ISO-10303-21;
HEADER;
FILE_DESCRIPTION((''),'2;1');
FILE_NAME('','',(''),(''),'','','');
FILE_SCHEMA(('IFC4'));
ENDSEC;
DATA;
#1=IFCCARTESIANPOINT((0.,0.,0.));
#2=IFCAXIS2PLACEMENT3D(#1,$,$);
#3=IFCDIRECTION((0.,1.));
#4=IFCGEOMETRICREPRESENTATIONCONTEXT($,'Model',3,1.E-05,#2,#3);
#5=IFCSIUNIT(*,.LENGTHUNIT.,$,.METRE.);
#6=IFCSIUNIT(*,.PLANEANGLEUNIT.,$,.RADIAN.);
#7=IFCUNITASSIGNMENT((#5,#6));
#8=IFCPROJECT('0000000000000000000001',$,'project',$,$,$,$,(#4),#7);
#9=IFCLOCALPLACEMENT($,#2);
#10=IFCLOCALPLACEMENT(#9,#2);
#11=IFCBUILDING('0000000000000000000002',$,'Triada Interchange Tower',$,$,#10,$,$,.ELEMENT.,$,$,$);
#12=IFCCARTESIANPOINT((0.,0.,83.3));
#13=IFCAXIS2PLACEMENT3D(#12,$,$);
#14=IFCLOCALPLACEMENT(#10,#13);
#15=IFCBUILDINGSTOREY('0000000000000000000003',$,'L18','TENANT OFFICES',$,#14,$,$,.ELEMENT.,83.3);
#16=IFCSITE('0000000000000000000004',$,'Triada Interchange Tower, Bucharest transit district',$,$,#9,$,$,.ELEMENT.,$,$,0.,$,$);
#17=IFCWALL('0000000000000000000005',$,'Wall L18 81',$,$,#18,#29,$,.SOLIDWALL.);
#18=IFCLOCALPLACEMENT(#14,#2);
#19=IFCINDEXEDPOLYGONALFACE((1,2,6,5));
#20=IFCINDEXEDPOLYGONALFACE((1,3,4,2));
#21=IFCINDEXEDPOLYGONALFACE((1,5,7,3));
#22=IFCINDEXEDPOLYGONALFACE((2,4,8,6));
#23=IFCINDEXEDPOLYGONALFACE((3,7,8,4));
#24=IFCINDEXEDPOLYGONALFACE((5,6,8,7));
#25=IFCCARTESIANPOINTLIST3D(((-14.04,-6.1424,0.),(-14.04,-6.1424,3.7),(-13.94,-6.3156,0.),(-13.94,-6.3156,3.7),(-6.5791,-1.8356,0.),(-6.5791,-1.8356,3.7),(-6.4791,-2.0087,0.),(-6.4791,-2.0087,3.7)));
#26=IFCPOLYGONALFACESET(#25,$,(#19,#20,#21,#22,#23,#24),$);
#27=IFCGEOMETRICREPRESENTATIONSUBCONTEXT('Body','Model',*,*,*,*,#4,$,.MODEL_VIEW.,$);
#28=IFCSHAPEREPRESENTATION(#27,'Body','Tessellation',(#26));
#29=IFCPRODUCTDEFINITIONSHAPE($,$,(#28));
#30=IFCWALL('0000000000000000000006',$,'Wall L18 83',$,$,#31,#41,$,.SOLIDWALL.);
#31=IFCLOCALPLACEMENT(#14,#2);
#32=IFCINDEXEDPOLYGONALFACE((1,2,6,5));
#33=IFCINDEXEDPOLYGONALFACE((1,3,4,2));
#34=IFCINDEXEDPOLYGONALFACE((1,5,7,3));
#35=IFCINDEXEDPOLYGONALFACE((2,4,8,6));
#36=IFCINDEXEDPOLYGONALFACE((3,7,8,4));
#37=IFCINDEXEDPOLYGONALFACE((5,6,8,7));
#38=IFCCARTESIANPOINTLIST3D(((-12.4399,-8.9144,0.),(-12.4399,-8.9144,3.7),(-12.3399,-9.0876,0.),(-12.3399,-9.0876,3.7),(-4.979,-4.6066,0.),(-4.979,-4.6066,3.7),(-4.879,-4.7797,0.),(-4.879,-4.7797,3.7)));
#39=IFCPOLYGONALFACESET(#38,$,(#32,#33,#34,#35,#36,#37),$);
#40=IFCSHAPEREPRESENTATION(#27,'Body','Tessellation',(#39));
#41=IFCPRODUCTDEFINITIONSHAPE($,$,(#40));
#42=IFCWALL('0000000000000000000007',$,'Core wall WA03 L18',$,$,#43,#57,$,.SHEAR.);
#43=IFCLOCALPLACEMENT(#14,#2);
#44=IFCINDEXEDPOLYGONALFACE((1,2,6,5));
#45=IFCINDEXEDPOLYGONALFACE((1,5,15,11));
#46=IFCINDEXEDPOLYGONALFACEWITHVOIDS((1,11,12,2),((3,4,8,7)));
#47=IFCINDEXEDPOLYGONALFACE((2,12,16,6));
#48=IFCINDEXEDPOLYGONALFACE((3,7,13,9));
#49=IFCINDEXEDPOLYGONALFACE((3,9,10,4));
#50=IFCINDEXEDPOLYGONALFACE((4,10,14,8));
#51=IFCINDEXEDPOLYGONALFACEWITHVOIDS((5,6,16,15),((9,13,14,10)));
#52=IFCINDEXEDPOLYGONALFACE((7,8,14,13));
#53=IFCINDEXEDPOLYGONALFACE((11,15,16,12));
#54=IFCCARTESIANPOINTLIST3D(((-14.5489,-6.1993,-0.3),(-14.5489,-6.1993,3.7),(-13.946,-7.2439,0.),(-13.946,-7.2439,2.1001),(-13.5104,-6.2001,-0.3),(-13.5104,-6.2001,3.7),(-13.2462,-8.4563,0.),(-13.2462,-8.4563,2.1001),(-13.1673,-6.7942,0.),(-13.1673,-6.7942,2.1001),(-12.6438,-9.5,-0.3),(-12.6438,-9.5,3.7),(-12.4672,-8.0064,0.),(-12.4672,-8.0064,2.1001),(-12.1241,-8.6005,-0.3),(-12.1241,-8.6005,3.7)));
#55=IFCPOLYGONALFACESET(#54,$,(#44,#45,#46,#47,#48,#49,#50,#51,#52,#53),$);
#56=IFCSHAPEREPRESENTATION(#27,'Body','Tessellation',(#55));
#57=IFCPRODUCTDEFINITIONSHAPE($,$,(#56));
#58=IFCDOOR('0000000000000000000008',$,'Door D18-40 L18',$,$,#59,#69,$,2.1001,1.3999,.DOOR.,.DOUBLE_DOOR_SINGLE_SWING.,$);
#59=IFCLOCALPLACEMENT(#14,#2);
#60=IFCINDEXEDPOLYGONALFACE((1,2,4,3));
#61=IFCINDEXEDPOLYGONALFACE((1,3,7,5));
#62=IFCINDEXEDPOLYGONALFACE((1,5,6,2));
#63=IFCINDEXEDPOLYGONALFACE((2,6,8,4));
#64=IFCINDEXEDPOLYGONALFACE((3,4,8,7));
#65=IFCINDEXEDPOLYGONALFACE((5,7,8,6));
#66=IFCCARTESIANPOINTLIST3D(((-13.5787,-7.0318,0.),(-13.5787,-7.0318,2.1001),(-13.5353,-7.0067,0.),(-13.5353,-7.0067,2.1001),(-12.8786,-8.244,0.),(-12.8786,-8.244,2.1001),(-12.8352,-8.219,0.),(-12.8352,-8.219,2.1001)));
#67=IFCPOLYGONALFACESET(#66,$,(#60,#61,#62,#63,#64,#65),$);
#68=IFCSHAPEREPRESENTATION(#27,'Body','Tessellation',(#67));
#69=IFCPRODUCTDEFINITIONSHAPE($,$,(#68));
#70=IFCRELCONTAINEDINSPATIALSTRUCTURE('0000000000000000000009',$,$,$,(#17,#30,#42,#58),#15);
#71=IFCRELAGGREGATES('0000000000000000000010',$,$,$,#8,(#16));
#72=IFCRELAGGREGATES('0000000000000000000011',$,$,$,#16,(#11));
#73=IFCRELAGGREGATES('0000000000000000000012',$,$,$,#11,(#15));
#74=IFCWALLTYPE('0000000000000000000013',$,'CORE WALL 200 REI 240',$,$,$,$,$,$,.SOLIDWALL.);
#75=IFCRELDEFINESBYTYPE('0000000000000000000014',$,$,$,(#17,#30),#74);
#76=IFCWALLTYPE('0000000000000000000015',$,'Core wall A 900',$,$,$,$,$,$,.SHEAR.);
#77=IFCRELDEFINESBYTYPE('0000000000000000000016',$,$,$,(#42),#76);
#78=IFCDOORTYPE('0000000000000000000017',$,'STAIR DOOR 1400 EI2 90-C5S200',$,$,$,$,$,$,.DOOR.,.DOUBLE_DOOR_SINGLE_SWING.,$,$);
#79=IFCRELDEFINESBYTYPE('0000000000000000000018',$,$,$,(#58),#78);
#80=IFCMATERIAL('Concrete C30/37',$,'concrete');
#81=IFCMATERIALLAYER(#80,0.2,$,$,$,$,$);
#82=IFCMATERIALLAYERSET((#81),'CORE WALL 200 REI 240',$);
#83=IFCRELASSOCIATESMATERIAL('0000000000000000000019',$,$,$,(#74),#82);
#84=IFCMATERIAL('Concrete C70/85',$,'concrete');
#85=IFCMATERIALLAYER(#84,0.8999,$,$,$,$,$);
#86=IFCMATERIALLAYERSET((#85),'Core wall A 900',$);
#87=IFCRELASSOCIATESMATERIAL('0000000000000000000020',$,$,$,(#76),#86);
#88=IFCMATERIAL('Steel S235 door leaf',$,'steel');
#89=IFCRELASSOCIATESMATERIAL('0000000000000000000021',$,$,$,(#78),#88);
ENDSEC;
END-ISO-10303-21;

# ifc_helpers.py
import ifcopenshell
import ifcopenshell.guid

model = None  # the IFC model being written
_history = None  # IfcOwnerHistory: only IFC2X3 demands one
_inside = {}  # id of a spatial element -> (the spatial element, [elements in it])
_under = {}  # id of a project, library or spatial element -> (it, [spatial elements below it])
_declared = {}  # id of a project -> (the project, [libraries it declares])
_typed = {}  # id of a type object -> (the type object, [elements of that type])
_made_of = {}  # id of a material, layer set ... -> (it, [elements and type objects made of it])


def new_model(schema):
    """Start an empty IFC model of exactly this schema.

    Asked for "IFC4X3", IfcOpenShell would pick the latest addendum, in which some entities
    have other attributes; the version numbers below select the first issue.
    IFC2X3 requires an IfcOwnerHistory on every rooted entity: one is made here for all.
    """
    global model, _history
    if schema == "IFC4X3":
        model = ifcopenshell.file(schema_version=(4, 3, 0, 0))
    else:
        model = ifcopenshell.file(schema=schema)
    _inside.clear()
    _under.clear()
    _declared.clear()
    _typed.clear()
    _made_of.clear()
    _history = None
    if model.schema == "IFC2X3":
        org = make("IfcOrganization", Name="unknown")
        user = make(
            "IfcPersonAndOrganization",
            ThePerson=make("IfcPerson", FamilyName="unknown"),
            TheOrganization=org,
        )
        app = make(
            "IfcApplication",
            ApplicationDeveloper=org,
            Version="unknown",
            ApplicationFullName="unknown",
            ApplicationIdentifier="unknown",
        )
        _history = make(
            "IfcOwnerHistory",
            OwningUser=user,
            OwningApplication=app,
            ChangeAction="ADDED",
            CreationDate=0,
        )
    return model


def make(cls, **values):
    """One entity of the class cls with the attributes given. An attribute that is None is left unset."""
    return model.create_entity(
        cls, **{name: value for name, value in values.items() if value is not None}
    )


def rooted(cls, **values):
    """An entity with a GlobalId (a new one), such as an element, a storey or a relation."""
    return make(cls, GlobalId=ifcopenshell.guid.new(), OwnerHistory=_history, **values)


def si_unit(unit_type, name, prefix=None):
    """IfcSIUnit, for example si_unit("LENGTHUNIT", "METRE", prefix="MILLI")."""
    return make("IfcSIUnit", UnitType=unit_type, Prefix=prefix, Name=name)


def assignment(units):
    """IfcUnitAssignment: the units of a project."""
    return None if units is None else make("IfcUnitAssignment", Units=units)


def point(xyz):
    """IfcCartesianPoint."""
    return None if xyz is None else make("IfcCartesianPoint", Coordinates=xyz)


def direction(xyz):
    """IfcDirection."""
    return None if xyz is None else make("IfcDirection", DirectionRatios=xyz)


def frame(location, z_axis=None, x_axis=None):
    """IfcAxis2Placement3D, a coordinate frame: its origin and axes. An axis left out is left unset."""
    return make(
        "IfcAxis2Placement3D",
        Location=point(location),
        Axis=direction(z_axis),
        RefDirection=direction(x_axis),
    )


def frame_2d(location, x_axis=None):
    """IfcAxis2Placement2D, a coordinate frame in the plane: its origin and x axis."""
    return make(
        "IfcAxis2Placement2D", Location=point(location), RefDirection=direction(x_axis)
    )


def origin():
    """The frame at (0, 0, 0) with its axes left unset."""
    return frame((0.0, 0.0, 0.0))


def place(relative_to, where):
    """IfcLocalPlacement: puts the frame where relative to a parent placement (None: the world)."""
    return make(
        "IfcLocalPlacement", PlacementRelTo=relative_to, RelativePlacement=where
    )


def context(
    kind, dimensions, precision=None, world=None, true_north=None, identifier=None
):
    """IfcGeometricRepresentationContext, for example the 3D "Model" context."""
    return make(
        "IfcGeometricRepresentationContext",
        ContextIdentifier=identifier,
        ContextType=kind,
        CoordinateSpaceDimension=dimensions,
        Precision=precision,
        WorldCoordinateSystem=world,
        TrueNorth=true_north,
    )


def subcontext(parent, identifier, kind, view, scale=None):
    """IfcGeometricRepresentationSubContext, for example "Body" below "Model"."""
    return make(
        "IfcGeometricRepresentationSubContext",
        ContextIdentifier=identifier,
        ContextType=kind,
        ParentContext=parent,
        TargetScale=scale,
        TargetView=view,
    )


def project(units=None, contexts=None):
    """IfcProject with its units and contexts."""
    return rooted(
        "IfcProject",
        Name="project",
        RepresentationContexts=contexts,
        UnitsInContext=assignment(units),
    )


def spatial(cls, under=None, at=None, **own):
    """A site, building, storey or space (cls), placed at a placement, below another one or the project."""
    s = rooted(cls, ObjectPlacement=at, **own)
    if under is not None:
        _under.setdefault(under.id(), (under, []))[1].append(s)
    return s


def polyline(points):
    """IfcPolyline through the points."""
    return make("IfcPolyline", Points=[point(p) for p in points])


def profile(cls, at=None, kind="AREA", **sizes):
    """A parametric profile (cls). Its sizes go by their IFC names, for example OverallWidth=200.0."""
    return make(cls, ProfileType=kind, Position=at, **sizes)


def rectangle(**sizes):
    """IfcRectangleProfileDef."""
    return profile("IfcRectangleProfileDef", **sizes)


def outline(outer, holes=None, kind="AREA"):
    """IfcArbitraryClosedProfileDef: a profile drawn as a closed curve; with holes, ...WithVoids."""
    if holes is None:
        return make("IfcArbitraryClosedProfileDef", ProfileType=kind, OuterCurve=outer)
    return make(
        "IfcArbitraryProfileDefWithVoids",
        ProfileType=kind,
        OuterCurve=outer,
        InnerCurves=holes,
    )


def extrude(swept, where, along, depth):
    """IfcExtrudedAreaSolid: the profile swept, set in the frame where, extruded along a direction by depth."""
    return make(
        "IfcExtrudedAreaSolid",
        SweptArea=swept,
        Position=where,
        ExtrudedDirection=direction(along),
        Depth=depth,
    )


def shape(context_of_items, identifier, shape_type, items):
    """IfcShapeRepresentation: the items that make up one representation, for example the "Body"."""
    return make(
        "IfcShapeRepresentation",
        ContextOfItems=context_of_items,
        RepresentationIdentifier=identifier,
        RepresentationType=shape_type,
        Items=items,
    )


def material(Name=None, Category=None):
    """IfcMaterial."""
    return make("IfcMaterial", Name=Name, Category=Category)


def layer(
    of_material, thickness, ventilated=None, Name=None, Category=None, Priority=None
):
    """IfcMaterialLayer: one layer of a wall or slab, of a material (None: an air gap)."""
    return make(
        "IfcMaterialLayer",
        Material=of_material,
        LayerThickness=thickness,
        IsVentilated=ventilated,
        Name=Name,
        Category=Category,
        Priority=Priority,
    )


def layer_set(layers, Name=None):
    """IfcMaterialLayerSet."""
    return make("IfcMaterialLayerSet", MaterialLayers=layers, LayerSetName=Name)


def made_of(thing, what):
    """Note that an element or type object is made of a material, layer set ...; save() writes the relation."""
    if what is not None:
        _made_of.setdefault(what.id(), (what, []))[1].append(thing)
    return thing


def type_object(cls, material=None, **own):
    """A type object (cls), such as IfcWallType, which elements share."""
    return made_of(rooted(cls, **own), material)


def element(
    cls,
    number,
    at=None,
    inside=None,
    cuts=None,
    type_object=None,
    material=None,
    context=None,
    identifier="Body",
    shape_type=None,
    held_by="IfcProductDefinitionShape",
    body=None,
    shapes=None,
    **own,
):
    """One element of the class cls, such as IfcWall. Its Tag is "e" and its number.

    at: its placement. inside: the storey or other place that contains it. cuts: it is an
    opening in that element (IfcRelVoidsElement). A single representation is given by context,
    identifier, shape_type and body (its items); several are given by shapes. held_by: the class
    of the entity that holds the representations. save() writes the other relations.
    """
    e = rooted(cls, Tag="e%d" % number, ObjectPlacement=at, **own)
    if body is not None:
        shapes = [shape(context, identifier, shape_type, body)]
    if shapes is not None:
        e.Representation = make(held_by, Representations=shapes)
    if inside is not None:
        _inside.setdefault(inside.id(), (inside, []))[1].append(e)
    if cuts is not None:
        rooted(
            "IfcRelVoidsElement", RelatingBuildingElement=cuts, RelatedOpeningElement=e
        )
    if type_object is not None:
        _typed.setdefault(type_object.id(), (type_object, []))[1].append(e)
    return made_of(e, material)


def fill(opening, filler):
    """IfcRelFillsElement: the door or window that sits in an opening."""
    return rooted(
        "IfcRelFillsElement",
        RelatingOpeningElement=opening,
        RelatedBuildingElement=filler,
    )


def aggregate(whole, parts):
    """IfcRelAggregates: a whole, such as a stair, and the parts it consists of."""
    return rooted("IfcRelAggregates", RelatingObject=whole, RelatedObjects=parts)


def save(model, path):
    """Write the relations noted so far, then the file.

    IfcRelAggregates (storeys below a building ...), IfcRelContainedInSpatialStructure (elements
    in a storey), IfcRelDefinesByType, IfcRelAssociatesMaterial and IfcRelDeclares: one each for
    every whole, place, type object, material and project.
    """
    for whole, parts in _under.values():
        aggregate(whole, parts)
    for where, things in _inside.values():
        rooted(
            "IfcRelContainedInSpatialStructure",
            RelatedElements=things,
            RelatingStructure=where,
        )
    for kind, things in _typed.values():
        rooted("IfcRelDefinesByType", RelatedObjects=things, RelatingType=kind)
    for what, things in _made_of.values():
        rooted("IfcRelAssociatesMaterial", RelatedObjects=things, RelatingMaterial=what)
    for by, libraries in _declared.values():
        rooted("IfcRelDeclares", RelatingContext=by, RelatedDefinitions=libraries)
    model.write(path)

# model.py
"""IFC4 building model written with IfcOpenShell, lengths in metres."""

from ifc_helpers import new_model, si_unit, direction, frame, frame_2d, origin, place, context, subcontext, project, spatial, polyline, rectangle, outline, extrude, material, layer, layer_set, type_object, element, fill, save


model = new_model("IFC4")

# Units and contexts
model_context = context("Model", 3, precision=1e-05, world=origin(), true_north=direction((0.0, 1.0)))
body_context = subcontext(model_context, "Body", "Model", "MODEL_VIEW")
ifc_project = project(units=[si_unit("LENGTHUNIT", "METRE"), si_unit("PLANEANGLEUNIT", "RADIAN")], contexts=[model_context])

# Site, building, storey
site_placement = place(None, origin())
site = spatial("IfcSite", under=ifc_project, at=site_placement, Name="Triada Interchange Tower, Bucharest transit district", CompositionType="ELEMENT", RefElevation=0.0)
building_placement = place(site_placement, origin())
building = spatial("IfcBuilding", under=site, at=building_placement, Name="Triada Interchange Tower", CompositionType="ELEMENT")
storey_placement = place(building_placement, frame((0.0, 0.0, 83.3)))
storey = spatial("IfcBuildingStorey", under=building, at=storey_placement, Name="L18", Description="TENANT OFFICES", CompositionType="ELEMENT", Elevation=83.3)

# Walls
ifc_material_1 = material(Name="Concrete C30/37", Category="concrete")
ifc_layer_1 = layer(ifc_material_1, 0.2)
ifc_layer_set_1 = layer_set([ifc_layer_1], Name="CORE WALL 200 REI 240")
wall_type_1 = type_object("IfcWallType", Name="CORE WALL 200 REI 240", PredefinedType="SOLIDWALL", material=ifc_layer_set_1)
wall_1_placement = place(storey_placement, frame((-13.99, -6.229, 0.0), z_axis=(0.0, 0.0, 1.0), x_axis=(0.86606, 0.49994, 0.0)))
element("IfcWall", 1, at=wall_1_placement, inside=storey, type_object=wall_type_1, Name="Wall L18 81", PredefinedType="SOLIDWALL", context=body_context, shape_type="SweptSolid", body=[
    extrude(rectangle(XDim=8.6147, YDim=0.2, at=frame_2d((4.3074, 0.0))), origin(), (0.0, 0.0, 1.0), 3.7),
])
wall_2_placement = place(storey_placement, frame((-12.3899, -9.001, 0.0), z_axis=(0.0, 0.0, 1.0), x_axis=(0.866011, 0.500025, 0.0)))
element("IfcWall", 2, at=wall_2_placement, inside=storey, type_object=wall_type_1, Name="Wall L18 83", PredefinedType="SOLIDWALL", context=body_context, shape_type="SweptSolid", body=[
    extrude(rectangle(XDim=8.6152, YDim=0.2, at=frame_2d((4.3076, 0.0))), origin(), (0.0, 0.0, 1.0), 3.7),
])

# Wall, opening, door
ifc_material_2 = material(Name="Concrete C70/85", Category="concrete")
ifc_layer_2 = layer(ifc_material_2, 0.8999)
ifc_layer_set_2 = layer_set([ifc_layer_2], Name="Core wall A 900")
wall_type_2 = type_object("IfcWallType", Name="Core wall A 900", PredefinedType="SHEAR", material=ifc_layer_set_2)
wall_3_placement = place(storey_placement, frame((-14.03, -6.2, -0.3), z_axis=(0.0, 0.0, 1.0), x_axis=(0.500112, -0.865961, 0.0)))
wall_3 = element("IfcWall", 3, at=wall_3_placement, inside=storey, type_object=wall_type_2, Name="Core wall WA03 L18", PredefinedType="SHEAR", context=body_context, shape_type="SweptSolid", body=[
    extrude(outline(polyline([(-0.26, -0.449), (1.6455, -0.4495), (3.551, -0.45), (3.032, 0.45), (1.646, 0.45), (0.26, 0.45), (-0.26, -0.449)])), origin(), (0.0, 0.0, 1.0), 4.0),
])
opening_1_placement = place(wall_3_placement, frame((0.946, 0.0, 0.3)))
opening_1 = element("IfcOpeningElement", 4, at=opening_1_placement, cuts=wall_3, PredefinedType="OPENING", context=body_context, shape_type="SweptSolid", body=[
    extrude(rectangle(XDim=1.3999, YDim=2.1001, at=frame_2d((0.7, 1.05))), frame((0.0, 0.46, 0.0), z_axis=(0.0, -1.0, 0.0), x_axis=(1.0, 0.0, 0.0)), (0.0, 0.0, 1.0), 0.9199),
])
ifc_material_3 = material(Name="Steel S235 door leaf", Category="steel")
door_type_1 = type_object("IfcDoorType", Name="STAIR DOOR 1400 EI2 90-C5S200", OperationType="DOUBLE_DOOR_SINGLE_SWING", PredefinedType="DOOR", material=ifc_material_3)
door_1_placement = place(opening_1_placement, origin())
door_1 = element("IfcDoor", 5, at=door_1_placement, inside=storey, type_object=door_type_1, Name="Door D18-40 L18", OperationType="DOUBLE_DOOR_SINGLE_SWING", OverallHeight=2.1001, OverallWidth=1.3999, PredefinedType="DOOR", context=body_context, shape_type="SweptSolid", body=[
    extrude(rectangle(XDim=1.3999, YDim=2.1001, at=frame_2d((0.7, 1.05))), frame((0.0, 0.0249, 0.0), z_axis=(0.0, -1.0, 0.0), x_axis=(1.0, 0.0, 0.0)), (0.0, 0.0, 1.0), 0.05),
])
fill(opening_1, door_1)

save(model, "model.ifc")
